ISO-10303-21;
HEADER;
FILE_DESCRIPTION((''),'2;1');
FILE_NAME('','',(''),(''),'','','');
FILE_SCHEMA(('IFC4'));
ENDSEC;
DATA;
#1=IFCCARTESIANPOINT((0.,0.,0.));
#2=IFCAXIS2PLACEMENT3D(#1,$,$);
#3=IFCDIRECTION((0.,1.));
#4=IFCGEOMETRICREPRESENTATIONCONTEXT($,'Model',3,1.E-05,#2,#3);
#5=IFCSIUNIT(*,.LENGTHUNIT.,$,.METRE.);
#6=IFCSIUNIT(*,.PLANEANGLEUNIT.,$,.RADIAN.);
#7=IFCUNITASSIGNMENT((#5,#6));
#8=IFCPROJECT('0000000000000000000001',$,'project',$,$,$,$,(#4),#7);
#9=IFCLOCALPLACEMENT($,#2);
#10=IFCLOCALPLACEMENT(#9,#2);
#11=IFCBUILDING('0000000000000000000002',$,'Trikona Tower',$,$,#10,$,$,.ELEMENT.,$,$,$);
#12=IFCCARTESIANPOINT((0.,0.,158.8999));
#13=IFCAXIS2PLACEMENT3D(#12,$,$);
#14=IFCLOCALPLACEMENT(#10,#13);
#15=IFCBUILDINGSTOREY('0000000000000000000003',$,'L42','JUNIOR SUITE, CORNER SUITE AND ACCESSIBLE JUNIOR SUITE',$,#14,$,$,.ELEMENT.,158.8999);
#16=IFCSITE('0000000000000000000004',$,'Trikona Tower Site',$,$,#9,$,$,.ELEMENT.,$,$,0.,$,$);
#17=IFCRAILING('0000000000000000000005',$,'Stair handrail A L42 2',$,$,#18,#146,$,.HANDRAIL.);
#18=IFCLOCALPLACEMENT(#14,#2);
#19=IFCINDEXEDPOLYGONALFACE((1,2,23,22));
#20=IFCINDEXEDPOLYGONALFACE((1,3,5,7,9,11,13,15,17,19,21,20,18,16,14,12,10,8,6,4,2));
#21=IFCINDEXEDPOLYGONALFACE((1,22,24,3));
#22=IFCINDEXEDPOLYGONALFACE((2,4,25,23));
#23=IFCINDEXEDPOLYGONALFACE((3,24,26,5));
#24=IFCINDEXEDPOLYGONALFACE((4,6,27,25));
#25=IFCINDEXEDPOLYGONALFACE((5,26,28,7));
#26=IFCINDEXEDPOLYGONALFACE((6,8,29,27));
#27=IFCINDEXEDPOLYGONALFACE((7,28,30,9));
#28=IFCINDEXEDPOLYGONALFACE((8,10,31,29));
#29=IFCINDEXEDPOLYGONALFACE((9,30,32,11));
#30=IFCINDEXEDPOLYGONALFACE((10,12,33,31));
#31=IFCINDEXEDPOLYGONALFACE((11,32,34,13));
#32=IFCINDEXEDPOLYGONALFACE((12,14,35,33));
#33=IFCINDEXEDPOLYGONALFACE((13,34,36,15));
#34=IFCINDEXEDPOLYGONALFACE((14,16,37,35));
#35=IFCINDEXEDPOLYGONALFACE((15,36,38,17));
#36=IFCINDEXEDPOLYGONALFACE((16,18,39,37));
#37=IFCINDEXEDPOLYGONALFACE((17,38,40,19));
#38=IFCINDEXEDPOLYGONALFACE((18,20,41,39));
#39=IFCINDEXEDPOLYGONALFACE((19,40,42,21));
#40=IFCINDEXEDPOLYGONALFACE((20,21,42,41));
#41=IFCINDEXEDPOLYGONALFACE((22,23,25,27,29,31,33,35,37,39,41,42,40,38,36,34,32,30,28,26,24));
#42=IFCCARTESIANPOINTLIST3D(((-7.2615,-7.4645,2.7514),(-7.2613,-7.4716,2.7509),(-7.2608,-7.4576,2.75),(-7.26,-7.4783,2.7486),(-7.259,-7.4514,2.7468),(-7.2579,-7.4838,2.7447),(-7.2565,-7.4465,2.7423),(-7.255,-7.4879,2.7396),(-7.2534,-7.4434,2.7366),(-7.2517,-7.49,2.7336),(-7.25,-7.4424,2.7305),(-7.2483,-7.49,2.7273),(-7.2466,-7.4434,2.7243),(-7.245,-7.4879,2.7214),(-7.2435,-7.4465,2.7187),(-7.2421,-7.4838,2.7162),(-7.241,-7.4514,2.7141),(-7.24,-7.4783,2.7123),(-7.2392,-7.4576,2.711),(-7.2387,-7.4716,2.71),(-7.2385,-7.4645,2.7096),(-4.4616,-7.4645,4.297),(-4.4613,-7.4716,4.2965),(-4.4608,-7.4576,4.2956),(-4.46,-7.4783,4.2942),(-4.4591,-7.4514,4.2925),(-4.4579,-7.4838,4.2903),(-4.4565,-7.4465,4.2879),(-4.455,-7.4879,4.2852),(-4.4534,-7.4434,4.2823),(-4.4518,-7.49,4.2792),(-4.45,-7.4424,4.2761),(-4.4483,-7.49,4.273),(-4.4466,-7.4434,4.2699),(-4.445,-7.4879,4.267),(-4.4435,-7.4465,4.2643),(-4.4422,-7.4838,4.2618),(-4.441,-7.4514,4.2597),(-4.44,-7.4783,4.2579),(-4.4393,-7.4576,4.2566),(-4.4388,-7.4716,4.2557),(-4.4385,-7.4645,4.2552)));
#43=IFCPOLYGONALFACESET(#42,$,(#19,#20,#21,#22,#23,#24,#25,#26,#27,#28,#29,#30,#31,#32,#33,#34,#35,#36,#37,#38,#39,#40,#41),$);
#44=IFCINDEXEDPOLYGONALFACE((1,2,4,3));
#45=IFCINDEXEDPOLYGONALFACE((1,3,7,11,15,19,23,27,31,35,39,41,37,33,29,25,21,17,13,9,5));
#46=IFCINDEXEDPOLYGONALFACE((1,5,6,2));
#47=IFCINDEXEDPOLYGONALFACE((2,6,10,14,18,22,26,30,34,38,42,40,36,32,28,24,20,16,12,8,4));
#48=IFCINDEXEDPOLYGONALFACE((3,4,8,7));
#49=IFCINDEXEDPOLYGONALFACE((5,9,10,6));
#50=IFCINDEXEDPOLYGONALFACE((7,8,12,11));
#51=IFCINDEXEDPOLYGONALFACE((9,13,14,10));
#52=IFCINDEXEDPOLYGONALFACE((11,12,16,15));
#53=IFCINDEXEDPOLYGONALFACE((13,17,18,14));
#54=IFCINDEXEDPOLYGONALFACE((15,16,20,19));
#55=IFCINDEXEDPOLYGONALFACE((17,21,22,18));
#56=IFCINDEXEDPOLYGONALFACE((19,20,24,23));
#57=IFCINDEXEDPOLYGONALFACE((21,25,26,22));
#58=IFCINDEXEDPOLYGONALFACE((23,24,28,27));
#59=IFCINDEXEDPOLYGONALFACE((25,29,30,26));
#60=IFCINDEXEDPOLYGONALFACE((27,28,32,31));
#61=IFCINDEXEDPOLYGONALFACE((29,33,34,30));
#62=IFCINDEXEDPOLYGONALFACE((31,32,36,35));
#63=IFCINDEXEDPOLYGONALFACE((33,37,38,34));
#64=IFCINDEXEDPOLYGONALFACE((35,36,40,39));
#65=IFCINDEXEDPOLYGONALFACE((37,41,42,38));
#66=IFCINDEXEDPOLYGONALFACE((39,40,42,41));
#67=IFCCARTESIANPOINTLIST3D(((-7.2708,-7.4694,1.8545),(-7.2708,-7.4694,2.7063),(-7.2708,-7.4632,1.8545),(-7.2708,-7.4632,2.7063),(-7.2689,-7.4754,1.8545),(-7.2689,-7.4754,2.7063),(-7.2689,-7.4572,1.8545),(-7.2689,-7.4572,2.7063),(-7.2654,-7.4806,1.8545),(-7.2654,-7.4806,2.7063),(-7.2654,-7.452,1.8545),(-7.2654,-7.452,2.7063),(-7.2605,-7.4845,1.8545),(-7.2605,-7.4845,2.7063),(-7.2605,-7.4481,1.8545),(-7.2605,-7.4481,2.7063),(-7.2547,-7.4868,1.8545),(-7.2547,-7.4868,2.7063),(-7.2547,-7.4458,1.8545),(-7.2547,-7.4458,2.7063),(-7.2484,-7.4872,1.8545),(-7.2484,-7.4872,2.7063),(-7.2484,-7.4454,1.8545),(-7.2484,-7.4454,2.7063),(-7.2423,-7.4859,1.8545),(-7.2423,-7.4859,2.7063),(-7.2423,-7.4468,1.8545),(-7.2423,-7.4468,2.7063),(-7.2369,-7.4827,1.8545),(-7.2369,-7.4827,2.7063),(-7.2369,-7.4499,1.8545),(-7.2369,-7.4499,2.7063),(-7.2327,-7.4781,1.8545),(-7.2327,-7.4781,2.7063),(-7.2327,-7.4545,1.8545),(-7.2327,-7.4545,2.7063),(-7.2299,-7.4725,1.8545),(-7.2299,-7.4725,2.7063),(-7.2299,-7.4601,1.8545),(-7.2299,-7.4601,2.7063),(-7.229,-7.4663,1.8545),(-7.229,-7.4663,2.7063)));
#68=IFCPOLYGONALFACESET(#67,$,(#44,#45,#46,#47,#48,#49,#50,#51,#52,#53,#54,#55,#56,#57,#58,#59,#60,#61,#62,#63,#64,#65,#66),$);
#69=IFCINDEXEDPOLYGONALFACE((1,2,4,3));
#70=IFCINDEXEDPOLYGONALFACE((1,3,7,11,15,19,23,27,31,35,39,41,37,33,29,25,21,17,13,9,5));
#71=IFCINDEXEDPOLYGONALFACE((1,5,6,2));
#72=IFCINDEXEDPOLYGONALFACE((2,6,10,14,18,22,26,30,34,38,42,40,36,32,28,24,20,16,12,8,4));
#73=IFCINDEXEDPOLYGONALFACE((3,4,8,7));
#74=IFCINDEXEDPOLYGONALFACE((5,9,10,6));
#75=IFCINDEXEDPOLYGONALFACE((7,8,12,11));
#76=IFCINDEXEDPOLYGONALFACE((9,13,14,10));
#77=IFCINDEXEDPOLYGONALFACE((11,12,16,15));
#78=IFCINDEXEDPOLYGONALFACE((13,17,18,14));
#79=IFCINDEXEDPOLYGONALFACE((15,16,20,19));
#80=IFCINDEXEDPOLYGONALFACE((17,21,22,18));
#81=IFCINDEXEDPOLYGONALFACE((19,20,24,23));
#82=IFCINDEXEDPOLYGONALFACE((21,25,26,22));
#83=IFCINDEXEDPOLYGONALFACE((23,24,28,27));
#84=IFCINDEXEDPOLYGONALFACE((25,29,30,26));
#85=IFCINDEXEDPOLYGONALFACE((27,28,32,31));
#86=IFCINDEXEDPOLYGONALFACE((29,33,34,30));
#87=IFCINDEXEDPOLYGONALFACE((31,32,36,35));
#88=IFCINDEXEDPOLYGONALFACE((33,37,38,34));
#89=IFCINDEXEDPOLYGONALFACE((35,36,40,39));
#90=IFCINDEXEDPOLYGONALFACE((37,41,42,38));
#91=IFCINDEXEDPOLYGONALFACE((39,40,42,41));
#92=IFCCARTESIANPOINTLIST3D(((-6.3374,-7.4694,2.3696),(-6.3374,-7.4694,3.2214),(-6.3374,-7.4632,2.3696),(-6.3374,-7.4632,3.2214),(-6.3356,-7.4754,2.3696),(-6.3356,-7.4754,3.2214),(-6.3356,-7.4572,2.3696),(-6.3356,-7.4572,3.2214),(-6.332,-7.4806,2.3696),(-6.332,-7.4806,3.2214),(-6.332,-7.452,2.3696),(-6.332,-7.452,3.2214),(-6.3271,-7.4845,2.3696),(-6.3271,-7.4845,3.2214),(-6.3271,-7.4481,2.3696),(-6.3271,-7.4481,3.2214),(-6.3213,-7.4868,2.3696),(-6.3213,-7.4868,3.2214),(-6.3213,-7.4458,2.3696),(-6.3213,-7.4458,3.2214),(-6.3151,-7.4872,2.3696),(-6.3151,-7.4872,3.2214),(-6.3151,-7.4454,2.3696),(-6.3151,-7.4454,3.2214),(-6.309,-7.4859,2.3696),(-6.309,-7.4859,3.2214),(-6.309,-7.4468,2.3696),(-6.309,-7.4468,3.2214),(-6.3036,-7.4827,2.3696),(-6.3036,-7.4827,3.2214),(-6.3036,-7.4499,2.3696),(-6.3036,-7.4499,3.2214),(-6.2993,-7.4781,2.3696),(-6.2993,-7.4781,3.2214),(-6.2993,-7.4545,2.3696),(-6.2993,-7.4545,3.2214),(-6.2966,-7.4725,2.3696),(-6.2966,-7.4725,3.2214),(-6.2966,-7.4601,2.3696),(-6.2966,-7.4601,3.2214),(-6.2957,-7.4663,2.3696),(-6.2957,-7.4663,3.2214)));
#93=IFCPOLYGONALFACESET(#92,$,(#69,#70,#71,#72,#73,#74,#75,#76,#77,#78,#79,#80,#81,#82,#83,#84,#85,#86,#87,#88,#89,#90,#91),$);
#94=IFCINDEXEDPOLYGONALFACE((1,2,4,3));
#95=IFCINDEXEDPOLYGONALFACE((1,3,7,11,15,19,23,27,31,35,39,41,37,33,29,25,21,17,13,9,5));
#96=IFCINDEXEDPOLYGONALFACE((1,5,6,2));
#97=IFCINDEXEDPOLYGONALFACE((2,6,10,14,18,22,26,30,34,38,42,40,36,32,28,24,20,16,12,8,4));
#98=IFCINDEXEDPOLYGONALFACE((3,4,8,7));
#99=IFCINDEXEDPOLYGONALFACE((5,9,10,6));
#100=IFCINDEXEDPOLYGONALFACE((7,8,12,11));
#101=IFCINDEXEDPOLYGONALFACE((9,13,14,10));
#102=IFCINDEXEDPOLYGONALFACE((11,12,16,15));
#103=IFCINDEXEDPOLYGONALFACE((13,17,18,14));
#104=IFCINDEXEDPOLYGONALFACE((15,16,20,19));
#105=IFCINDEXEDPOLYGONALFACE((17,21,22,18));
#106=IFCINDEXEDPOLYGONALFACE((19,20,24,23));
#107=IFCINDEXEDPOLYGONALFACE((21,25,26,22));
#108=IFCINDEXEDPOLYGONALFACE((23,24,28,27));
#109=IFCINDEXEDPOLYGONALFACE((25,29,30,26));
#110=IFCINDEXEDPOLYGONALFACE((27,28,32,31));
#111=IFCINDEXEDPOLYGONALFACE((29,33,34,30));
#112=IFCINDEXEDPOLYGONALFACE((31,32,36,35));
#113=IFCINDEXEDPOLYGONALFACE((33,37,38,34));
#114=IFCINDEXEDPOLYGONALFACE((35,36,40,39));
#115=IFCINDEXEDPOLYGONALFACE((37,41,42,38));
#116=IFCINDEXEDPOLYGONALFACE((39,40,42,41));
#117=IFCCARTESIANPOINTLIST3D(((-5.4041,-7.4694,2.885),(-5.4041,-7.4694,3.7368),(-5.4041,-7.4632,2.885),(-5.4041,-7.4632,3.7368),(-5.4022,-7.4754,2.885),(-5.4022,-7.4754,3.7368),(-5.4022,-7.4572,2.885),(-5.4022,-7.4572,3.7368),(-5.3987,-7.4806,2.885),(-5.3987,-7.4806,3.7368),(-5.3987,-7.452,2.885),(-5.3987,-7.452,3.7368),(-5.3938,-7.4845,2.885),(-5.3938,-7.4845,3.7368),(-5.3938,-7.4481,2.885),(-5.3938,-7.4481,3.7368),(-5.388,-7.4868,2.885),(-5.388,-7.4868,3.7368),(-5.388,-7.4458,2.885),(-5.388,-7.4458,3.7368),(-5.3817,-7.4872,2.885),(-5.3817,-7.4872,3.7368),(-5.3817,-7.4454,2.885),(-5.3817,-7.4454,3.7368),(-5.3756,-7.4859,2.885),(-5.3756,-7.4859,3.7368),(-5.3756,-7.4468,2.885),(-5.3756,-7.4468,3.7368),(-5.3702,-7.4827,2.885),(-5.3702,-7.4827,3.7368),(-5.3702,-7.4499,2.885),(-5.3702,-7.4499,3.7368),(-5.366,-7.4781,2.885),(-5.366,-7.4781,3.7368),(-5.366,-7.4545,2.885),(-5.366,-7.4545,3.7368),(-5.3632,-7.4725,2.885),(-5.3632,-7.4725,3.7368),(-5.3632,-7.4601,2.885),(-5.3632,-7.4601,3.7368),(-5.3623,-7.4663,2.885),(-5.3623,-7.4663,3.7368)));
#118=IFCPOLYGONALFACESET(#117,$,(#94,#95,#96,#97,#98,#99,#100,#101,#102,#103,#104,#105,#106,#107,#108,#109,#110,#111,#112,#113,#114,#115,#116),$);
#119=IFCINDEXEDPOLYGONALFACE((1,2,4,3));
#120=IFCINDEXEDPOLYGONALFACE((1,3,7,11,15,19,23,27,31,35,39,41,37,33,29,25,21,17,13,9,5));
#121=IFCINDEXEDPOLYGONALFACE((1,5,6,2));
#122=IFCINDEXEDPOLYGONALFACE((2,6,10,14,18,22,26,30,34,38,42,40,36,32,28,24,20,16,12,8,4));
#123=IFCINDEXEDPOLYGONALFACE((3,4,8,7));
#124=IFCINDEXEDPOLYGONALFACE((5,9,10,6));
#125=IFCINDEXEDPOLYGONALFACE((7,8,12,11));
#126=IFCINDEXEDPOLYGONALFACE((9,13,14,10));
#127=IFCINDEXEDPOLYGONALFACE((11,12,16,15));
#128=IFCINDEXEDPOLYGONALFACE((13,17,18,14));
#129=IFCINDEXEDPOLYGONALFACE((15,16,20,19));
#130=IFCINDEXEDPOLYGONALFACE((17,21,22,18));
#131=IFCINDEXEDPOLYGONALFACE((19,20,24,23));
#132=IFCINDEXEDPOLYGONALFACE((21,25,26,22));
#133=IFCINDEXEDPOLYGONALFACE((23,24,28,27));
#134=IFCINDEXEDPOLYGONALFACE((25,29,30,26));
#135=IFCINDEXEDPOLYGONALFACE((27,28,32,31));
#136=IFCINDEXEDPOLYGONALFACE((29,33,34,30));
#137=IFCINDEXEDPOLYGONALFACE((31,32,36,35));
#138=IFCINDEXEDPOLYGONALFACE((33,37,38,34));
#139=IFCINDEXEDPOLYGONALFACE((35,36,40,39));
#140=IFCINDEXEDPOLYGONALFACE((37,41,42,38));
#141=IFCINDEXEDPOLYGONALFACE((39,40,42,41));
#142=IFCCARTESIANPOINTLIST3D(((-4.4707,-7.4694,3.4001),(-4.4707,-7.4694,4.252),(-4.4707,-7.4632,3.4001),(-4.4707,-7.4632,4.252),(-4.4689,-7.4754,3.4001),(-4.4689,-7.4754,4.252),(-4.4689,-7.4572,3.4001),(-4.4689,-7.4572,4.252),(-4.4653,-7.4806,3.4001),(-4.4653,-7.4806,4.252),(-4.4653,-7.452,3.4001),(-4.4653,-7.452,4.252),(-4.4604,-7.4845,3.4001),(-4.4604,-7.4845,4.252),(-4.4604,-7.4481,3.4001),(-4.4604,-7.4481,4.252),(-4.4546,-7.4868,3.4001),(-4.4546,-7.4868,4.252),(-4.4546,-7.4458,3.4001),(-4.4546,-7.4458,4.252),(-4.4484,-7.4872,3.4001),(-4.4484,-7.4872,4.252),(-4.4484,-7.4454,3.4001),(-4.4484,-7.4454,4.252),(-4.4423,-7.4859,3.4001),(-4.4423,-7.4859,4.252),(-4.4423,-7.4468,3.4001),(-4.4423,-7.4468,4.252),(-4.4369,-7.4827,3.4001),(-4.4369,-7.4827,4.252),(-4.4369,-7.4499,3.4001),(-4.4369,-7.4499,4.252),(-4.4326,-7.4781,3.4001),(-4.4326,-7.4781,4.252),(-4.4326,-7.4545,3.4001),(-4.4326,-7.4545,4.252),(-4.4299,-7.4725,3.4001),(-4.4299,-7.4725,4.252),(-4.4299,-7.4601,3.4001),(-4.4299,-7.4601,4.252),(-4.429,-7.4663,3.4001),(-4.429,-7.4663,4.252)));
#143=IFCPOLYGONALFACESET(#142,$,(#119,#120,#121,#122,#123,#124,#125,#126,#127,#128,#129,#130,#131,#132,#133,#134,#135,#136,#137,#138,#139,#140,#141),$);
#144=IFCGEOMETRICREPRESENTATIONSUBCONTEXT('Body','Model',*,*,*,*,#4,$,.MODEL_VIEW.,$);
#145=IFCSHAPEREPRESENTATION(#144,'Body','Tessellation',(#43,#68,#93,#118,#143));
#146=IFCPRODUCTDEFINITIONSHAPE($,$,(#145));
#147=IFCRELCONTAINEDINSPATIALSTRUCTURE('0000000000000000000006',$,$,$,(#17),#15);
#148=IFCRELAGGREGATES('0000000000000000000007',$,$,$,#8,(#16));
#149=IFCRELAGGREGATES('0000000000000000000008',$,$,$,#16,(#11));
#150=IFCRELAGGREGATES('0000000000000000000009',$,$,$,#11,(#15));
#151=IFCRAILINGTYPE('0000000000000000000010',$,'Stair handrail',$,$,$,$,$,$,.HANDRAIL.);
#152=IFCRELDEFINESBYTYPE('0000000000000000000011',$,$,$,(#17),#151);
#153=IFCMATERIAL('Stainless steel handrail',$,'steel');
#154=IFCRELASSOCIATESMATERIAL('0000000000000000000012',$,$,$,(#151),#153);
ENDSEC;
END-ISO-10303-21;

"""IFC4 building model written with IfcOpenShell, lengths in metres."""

from ifc_helpers import new_model, si_unit, direction, frame, origin, origin_2d, place, context, subcontext, project, spatial, circle, extrude, material, type_object, element, save


model = new_model("IFC4")

# Units and contexts
model_context = context("Model", 3, precision=1e-05, world=origin(), true_north=direction((0.0, 1.0)))
body_context = subcontext(model_context, "Body", "Model", "MODEL_VIEW")
ifc_project = project(units=[si_unit("LENGTHUNIT", "METRE"), si_unit("PLANEANGLEUNIT", "RADIAN")], contexts=[model_context])

# Site, building, storey
site_placement = place(None, origin())
site = spatial("IfcSite", under=ifc_project, at=site_placement, Name="Trikona Tower Site", CompositionType="ELEMENT", RefElevation=0.0)
building_placement = place(site_placement, origin())
building = spatial("IfcBuilding", under=site, at=building_placement, Name="Trikona Tower", CompositionType="ELEMENT")
storey_placement = place(building_placement, frame((0.0, 0.0, 158.8999)))
storey = spatial("IfcBuildingStorey", under=building, at=storey_placement, Name="L42", Description="JUNIOR SUITE, CORNER SUITE AND ACCESSIBLE JUNIOR SUITE", CompositionType="ELEMENT", Elevation=158.8999)

# Railing
ifc_material_1 = material(Name="Stainless steel handrail", Category="steel")
railing_type = type_object("IfcRailingType", Name="Stair handrail", PredefinedType="HANDRAIL", material=ifc_material_1)
railing_1_placement = place(storey_placement, frame((-7.25, -7.4663, 1.8545)))
element("IfcRailing", 1, at=railing_1_placement, inside=storey, type_object=railing_type, Name="Stair handrail A L42 2", PredefinedType="HANDRAIL", context=body_context, shape_type="SweptSolid", body=[
    extrude(circle(Radius=0.0239, at=origin_2d()), frame((0.0, 0.0, 0.876), z_axis=(0.875472, 0.0, 0.483269), x_axis=(0.0, 1.0, 0.0)), (0.0, 0.0, 1.0), 3.1982),
    extrude(circle(Radius=0.021, at=origin_2d()), origin(), (0.0, 0.0, 1.0), 0.8518),
    extrude(circle(Radius=0.021, at=origin_2d()), frame((0.9333, 0.0, 0.5151)), (0.0, 0.0, 1.0), 0.8518),
    extrude(circle(Radius=0.021, at=origin_2d()), frame((1.8667, 0.0, 1.0305)), (0.0, 0.0, 1.0), 0.8518),
    extrude(circle(Radius=0.021, at=origin_2d()), frame((2.8, 0.0, 1.5457)), (0.0, 0.0, 1.0), 0.8518),
])

save(model, "model.ifc")
